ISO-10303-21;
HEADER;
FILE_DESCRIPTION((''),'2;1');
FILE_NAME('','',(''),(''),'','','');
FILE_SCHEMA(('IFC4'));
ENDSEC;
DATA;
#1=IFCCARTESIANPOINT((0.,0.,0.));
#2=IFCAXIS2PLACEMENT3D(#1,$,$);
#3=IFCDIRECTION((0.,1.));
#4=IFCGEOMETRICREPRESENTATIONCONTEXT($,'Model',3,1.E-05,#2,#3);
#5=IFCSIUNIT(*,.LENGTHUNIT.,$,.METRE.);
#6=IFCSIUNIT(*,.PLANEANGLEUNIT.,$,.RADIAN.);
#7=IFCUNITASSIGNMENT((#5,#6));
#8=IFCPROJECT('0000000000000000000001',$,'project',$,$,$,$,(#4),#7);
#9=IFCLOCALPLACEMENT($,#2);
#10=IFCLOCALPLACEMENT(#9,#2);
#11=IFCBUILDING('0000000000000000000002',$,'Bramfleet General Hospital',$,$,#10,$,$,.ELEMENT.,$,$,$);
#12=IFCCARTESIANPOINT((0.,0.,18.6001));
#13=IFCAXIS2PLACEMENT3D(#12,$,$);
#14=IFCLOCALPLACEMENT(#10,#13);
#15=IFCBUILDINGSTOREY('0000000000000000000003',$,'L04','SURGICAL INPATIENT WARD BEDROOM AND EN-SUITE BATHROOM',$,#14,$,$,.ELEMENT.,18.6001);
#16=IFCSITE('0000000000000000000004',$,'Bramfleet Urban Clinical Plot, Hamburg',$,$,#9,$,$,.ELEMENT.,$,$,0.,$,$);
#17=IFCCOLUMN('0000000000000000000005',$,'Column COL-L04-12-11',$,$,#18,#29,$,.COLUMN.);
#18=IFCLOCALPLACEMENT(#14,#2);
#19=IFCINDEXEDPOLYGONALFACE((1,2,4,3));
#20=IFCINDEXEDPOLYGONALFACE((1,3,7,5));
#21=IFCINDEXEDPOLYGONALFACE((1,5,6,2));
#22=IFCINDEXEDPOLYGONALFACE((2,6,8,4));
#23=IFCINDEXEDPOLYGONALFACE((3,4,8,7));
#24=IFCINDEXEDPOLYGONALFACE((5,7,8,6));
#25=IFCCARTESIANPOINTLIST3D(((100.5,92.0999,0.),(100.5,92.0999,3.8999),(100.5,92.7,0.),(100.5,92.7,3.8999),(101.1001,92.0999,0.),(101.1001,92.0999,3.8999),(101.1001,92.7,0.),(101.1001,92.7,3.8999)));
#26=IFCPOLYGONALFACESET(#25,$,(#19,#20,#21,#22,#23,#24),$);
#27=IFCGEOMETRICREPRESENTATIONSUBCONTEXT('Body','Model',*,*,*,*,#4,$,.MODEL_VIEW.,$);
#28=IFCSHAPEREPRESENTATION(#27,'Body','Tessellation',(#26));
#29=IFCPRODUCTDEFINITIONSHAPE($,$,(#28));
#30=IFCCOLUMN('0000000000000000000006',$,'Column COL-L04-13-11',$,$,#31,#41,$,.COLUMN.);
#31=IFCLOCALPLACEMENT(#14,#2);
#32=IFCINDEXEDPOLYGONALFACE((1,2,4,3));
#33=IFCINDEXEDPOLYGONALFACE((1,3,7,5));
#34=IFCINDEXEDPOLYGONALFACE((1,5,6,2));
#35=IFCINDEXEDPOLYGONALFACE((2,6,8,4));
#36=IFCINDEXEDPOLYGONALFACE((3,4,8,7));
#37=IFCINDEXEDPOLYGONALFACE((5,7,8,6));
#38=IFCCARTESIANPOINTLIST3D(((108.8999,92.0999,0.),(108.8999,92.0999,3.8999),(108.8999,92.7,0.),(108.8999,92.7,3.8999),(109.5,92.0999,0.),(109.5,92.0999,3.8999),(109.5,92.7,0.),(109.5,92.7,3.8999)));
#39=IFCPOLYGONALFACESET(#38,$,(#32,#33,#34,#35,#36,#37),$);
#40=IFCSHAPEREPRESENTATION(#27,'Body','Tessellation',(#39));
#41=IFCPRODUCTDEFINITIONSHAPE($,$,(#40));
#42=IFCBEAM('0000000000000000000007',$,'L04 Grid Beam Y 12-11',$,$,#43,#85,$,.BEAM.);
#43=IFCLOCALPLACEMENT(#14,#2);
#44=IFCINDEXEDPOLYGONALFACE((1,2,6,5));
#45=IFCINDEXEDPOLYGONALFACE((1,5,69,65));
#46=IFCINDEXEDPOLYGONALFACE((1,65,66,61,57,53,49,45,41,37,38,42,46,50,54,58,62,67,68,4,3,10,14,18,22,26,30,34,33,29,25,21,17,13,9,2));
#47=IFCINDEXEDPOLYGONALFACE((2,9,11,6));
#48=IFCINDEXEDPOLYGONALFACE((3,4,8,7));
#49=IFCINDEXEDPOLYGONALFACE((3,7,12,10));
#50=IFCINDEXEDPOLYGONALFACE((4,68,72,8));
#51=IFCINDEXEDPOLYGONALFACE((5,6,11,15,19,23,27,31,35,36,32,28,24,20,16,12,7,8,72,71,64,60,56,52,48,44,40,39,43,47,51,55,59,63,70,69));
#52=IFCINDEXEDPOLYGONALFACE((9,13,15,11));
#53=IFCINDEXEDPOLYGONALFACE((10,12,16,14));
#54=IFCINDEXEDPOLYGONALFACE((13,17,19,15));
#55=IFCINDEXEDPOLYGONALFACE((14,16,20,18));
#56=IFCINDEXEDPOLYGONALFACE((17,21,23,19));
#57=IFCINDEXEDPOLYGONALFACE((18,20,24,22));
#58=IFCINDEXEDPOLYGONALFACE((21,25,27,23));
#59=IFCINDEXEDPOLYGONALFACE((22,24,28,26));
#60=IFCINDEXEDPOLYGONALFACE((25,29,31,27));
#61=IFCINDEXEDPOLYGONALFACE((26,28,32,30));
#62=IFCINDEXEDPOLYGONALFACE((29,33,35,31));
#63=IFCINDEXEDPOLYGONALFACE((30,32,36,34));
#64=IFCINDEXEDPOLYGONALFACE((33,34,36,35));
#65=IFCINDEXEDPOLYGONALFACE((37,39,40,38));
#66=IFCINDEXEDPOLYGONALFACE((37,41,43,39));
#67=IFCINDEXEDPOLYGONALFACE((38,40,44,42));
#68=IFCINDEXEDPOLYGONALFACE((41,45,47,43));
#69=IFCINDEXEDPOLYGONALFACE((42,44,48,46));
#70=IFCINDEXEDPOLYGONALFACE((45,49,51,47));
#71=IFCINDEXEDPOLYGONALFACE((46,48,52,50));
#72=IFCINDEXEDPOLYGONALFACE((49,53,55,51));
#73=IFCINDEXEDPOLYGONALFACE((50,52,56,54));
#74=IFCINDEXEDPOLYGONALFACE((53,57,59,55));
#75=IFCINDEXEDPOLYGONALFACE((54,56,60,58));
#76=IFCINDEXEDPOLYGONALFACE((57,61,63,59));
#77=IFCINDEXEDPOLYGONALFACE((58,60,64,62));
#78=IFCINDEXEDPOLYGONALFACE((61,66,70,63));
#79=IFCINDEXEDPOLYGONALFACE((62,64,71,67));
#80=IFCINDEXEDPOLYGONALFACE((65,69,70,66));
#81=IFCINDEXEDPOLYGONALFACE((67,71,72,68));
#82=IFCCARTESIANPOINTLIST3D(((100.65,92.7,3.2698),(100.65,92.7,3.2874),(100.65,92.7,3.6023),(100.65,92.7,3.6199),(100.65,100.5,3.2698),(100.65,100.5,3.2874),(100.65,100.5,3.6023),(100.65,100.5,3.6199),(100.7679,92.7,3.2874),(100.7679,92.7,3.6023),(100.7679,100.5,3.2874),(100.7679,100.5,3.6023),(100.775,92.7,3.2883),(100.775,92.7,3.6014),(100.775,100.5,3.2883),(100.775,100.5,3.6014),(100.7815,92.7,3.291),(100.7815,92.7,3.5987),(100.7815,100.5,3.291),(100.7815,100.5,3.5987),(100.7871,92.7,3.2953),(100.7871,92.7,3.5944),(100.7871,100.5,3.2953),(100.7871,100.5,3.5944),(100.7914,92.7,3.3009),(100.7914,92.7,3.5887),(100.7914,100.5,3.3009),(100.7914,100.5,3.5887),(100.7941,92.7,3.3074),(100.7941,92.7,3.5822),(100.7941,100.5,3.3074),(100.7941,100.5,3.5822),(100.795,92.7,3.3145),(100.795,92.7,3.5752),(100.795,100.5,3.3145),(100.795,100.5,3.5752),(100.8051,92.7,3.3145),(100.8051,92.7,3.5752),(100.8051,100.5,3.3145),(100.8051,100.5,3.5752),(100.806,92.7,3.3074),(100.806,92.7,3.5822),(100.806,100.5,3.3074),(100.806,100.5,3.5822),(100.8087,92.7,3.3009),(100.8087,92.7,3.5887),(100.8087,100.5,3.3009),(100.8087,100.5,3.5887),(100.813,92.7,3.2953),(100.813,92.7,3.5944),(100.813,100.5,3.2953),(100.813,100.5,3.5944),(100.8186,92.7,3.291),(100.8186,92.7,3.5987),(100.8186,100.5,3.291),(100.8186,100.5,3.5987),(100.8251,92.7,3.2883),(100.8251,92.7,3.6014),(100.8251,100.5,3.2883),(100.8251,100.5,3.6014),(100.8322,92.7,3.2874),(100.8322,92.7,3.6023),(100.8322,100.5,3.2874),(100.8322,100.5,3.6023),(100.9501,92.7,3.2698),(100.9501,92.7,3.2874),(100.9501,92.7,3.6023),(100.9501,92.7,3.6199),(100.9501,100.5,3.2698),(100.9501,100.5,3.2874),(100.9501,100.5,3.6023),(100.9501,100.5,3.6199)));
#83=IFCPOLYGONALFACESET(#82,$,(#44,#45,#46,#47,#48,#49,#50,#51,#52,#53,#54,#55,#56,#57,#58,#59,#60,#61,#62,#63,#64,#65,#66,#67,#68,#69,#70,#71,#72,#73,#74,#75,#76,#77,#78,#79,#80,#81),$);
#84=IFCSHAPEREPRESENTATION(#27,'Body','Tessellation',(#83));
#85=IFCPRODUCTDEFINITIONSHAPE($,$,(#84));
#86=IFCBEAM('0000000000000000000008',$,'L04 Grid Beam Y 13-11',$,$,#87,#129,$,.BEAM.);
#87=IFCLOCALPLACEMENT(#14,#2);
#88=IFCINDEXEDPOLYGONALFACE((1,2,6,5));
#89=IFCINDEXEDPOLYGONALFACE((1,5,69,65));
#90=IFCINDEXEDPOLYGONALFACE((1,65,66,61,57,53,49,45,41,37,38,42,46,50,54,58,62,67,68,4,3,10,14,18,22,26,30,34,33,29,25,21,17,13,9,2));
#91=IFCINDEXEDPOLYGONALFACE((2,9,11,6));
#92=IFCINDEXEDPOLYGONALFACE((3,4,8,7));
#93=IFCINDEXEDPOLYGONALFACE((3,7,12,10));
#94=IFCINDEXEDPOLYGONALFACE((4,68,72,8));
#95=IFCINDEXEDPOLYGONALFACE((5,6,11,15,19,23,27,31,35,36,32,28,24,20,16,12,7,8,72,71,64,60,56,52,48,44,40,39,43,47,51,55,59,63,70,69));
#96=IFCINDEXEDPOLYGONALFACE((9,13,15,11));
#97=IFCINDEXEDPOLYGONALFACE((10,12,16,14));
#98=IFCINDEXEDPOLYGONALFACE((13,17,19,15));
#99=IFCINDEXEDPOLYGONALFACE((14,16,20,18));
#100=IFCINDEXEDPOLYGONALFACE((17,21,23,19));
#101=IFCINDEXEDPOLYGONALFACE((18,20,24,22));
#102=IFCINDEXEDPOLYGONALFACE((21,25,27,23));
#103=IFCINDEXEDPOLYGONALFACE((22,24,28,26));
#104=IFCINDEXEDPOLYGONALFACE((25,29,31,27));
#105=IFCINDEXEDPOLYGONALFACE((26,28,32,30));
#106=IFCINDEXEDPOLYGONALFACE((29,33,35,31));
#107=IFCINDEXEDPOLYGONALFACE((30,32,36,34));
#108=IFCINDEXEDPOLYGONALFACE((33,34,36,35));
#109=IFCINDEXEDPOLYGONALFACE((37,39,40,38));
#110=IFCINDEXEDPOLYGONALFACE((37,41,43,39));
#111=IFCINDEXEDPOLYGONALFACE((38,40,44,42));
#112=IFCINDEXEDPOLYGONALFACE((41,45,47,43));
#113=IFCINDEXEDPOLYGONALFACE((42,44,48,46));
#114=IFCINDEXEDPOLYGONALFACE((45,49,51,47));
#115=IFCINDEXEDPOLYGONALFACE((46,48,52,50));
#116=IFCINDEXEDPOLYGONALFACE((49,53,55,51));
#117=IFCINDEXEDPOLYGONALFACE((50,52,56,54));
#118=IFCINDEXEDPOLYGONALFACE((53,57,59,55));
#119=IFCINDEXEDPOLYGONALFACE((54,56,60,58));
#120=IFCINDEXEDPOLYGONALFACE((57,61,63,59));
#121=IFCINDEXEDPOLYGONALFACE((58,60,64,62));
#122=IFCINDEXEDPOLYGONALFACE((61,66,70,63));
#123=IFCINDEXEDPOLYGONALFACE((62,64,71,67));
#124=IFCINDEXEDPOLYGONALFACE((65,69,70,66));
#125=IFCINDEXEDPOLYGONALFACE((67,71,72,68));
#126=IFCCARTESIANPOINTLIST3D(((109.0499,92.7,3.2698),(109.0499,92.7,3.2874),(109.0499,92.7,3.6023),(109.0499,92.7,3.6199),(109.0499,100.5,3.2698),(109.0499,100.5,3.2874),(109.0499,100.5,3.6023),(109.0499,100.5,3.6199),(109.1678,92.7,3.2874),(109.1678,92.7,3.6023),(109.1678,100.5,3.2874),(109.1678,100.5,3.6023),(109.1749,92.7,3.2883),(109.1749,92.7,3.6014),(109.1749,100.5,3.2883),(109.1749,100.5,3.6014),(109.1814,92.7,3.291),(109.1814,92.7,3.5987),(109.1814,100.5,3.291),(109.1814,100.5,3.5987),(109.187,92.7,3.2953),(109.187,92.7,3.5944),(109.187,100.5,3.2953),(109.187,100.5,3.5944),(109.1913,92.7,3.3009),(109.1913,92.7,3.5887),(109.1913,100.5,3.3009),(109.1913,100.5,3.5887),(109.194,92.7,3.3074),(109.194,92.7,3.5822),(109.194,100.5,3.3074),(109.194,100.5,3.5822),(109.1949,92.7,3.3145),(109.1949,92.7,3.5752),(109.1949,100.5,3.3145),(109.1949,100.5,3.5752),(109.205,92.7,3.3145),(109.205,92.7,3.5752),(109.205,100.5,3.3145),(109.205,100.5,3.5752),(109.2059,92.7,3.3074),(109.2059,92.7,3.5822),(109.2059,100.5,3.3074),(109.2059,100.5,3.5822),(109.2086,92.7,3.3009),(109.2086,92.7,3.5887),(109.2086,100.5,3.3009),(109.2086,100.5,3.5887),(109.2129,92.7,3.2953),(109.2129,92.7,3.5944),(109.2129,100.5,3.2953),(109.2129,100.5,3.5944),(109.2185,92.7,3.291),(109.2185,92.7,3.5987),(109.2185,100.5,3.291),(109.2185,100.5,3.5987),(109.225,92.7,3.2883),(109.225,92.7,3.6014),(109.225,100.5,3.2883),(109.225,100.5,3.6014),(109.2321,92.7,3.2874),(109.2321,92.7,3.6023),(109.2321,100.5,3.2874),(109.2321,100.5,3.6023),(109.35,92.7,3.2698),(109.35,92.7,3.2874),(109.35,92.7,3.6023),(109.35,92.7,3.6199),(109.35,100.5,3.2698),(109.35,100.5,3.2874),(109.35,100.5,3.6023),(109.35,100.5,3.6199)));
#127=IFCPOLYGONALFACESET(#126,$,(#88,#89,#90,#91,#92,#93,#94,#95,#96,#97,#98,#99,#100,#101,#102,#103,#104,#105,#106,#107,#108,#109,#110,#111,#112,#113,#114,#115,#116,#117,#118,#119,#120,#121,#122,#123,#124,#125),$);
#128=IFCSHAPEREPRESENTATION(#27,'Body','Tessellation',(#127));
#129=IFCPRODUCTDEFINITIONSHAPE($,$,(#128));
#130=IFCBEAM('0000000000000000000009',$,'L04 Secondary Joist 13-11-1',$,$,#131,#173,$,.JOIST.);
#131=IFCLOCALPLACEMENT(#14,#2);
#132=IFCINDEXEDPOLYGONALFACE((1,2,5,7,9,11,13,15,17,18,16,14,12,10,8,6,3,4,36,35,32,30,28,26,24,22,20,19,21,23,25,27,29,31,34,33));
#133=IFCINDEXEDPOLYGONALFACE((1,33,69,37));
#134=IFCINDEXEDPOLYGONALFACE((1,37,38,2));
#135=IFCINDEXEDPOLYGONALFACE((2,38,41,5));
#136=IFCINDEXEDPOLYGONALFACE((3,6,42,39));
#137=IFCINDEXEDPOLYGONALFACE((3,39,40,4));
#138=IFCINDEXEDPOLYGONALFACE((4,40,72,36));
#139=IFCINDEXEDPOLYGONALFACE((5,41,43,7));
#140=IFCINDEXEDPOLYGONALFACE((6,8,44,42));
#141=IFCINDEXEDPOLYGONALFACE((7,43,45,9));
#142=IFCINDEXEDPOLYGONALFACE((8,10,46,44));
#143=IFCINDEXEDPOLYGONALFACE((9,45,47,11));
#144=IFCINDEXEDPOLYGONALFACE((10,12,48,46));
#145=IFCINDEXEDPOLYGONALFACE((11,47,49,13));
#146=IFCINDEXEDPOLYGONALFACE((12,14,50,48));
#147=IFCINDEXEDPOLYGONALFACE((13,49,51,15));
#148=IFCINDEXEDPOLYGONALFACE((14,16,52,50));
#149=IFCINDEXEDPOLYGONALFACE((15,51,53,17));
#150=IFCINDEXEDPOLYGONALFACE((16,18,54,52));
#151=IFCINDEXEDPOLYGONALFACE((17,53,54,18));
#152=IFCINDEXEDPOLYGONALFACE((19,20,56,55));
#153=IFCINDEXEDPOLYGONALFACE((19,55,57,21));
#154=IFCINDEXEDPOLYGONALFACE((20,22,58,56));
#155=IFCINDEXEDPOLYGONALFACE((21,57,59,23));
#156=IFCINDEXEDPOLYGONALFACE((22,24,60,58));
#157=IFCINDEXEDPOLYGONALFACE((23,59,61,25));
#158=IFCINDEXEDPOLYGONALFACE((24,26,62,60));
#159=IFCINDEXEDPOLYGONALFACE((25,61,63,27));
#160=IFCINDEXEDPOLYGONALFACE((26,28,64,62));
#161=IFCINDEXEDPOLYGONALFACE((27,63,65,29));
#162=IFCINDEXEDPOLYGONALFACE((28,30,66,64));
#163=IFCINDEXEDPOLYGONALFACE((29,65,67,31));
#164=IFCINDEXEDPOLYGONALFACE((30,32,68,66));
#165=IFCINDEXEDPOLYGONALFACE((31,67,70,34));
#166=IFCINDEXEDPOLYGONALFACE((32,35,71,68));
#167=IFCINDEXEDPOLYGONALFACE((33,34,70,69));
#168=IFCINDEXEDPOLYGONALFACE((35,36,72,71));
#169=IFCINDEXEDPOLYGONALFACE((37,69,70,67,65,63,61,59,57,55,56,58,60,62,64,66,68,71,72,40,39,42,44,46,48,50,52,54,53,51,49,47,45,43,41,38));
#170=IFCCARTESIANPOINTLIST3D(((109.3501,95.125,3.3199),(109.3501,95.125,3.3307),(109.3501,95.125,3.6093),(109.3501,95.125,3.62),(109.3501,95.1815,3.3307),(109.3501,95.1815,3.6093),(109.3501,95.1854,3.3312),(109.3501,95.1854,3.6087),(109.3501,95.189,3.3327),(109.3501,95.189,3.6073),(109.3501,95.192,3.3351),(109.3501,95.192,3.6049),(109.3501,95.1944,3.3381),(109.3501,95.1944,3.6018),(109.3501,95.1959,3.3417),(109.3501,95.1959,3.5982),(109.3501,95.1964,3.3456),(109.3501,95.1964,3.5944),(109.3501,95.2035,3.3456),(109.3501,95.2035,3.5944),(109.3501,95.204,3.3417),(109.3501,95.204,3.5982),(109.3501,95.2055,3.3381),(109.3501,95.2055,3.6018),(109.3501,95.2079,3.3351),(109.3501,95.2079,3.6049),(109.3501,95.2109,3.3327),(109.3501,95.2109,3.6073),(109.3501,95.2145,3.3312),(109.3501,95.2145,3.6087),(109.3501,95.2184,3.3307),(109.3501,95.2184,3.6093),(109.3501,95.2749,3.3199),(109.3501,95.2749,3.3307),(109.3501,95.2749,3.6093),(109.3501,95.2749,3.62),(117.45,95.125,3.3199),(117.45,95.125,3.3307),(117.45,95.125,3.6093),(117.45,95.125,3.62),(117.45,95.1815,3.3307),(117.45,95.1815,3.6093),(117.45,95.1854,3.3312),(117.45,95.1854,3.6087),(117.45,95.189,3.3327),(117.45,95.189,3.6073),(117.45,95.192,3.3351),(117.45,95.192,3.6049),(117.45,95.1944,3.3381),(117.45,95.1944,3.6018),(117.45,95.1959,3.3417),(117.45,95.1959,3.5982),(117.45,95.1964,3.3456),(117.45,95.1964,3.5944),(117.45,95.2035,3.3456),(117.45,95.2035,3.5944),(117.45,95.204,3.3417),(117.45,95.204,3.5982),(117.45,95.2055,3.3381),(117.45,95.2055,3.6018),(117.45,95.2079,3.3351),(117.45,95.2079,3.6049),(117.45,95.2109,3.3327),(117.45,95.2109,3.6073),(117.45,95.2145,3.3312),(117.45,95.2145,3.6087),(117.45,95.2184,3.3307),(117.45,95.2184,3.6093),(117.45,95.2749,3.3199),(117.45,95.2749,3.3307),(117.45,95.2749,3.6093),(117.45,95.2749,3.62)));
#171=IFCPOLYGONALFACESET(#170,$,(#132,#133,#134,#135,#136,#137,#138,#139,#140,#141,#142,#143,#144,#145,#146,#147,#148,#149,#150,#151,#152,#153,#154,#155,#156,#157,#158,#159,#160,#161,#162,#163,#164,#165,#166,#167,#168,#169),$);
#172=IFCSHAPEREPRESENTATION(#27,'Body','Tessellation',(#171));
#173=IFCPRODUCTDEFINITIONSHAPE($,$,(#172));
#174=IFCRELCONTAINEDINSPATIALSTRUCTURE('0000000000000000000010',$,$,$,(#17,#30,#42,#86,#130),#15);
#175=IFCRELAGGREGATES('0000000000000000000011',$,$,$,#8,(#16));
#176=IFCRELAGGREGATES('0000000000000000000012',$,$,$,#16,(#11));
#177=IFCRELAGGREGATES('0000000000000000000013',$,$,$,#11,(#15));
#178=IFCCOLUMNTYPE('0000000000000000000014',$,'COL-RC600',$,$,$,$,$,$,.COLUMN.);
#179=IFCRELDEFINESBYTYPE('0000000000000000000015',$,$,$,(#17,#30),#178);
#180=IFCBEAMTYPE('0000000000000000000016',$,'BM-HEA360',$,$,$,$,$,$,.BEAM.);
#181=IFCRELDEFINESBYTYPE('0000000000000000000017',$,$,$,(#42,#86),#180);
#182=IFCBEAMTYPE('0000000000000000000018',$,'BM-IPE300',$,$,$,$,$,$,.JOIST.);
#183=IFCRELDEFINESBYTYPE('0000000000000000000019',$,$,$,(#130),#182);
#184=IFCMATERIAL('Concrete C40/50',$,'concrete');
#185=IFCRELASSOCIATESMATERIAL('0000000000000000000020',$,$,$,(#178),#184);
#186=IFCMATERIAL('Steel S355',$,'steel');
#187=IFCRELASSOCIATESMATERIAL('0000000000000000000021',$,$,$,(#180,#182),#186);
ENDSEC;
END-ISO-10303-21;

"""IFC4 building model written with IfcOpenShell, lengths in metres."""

from ifc_helpers import new_model, si_unit, direction, frame, origin, origin_2d, place, context, subcontext, project, spatial, rectangle, i_section, extrude, material, material_profile, profile_set, type_object, element, save


model = new_model("IFC4")

# Units and contexts
model_context = context("Model", 3, precision=1e-05, world=origin(), true_north=direction((0.0, 1.0)))
body_context = subcontext(model_context, "Body", "Model", "MODEL_VIEW")
ifc_project = project(units=[si_unit("LENGTHUNIT", "METRE"), si_unit("PLANEANGLEUNIT", "RADIAN")], contexts=[model_context])

# Site, building, storey
site_placement = place(None, origin())
site = spatial("IfcSite", under=ifc_project, at=site_placement, Name="Bramfleet Urban Clinical Plot, Hamburg", CompositionType="ELEMENT", RefElevation=0.0)
building_placement = place(site_placement, origin())
building = spatial("IfcBuilding", under=site, at=building_placement, Name="Bramfleet General Hospital", CompositionType="ELEMENT")
storey_placement = place(building_placement, frame((0.0, 0.0, 18.6001)))
storey = spatial("IfcBuildingStorey", under=building, at=storey_placement, Name="L04", Description="SURGICAL INPATIENT WARD BEDROOM AND EN-SUITE BATHROOM", CompositionType="ELEMENT", Elevation=18.6001)

# Columns
ifc_material_1 = material(Name="Concrete C40/50", Category="concrete")
ifc_material_profile_1 = material_profile(ifc_material_1, rectangle(XDim=0.6001, YDim=0.6001, at=origin_2d()), Name="RC COL 600x600")
ifc_profile_set_1 = profile_set([ifc_material_profile_1], Name="Concrete C40/50")
column_type = type_object("IfcColumnType", Name="COL-RC600", PredefinedType="COLUMN", material=ifc_profile_set_1)
for number, where, z_axis, x_axis, name in (
    (1, (100.8, 92.3999, 0.0), (0.0, 0.0, 1.0), (1.0, 0.0, 0.0), "Column COL-L04-12-11"),
    (2, (109.2, 92.3999, 0.0), (0.0, 0.0, 1.0), (1.0, 0.0, 0.0), "Column COL-L04-13-11"),
):
    element("IfcColumn", number, at=place(storey_placement, frame(where, z_axis=z_axis, x_axis=x_axis)), inside=storey, type_object=column_type, Name=name, PredefinedType="COLUMN", context=body_context, shape_type="SweptSolid", body=[
        extrude(rectangle(XDim=0.6001, YDim=0.6001, at=origin_2d()), origin(), (0.0, 0.0, 1.0), 3.8999),
    ])

# Beams
ifc_material_2 = material(Name="Steel S355", Category="steel")
ifc_material_profile_2 = material_profile(ifc_material_2, i_section(OverallWidth=0.3, OverallDepth=0.3501, WebThickness=0.01, FlangeThickness=0.0176, FilletRadius=0.0271, at=origin_2d()), Name="HEA 360")
ifc_profile_set_2 = profile_set([ifc_material_profile_2], Name="Steel S355")
beam_type_1 = type_object("IfcBeamType", Name="BM-HEA360", PredefinedType="BEAM", material=ifc_profile_set_2)
for number, where, z_axis, x_axis, name in (
    (3, (100.8, 92.7, 3.4448), (0.0, 1.0, 0.0), (-1.0, 0.0, 0.0), "L04 Grid Beam Y 12-11"),
    (4, (109.2, 92.7, 3.4448), (0.0, 1.0, 0.0), (-1.0, 0.0, 0.0), "L04 Grid Beam Y 13-11"),
):
    element("IfcBeam", number, at=place(storey_placement, frame(where, z_axis=z_axis, x_axis=x_axis)), inside=storey, type_object=beam_type_1, Name=name, PredefinedType="BEAM", context=body_context, shape_type="SweptSolid", body=[
        extrude(i_section(OverallWidth=0.3, OverallDepth=0.3501, WebThickness=0.01, FlangeThickness=0.0176, FilletRadius=0.0271, at=origin_2d()), origin(), (0.0, 0.0, 1.0), 7.8),
    ])
ifc_material_profile_3 = material_profile(ifc_material_2, i_section(OverallWidth=0.1499, OverallDepth=0.3, WebThickness=0.0071, FlangeThickness=0.0107, FilletRadius=0.0149, at=origin_2d()), Name="IPE 300")
ifc_profile_set_3 = profile_set([ifc_material_profile_3], Name="Steel S355")
beam_type_2 = type_object("IfcBeamType", Name="BM-IPE300", PredefinedType="JOIST", material=ifc_profile_set_3)
for number, where, z_axis, x_axis, name in (
    (5, (109.3501, 95.2, 3.47), (1.0, 0.0, 0.0), (0.0, 1.0, 0.0), "L04 Secondary Joist 13-11-1"),
):
    element("IfcBeam", number, at=place(storey_placement, frame(where, z_axis=z_axis, x_axis=x_axis)), inside=storey, type_object=beam_type_2, Name=name, PredefinedType="JOIST", context=body_context, shape_type="SweptSolid", body=[
        extrude(i_section(OverallWidth=0.1499, OverallDepth=0.3, WebThickness=0.0071, FlangeThickness=0.0107, FilletRadius=0.0149, at=origin_2d()), origin(), (0.0, 0.0, 1.0), 8.0999),
    ])

save(model, "model.ifc")
